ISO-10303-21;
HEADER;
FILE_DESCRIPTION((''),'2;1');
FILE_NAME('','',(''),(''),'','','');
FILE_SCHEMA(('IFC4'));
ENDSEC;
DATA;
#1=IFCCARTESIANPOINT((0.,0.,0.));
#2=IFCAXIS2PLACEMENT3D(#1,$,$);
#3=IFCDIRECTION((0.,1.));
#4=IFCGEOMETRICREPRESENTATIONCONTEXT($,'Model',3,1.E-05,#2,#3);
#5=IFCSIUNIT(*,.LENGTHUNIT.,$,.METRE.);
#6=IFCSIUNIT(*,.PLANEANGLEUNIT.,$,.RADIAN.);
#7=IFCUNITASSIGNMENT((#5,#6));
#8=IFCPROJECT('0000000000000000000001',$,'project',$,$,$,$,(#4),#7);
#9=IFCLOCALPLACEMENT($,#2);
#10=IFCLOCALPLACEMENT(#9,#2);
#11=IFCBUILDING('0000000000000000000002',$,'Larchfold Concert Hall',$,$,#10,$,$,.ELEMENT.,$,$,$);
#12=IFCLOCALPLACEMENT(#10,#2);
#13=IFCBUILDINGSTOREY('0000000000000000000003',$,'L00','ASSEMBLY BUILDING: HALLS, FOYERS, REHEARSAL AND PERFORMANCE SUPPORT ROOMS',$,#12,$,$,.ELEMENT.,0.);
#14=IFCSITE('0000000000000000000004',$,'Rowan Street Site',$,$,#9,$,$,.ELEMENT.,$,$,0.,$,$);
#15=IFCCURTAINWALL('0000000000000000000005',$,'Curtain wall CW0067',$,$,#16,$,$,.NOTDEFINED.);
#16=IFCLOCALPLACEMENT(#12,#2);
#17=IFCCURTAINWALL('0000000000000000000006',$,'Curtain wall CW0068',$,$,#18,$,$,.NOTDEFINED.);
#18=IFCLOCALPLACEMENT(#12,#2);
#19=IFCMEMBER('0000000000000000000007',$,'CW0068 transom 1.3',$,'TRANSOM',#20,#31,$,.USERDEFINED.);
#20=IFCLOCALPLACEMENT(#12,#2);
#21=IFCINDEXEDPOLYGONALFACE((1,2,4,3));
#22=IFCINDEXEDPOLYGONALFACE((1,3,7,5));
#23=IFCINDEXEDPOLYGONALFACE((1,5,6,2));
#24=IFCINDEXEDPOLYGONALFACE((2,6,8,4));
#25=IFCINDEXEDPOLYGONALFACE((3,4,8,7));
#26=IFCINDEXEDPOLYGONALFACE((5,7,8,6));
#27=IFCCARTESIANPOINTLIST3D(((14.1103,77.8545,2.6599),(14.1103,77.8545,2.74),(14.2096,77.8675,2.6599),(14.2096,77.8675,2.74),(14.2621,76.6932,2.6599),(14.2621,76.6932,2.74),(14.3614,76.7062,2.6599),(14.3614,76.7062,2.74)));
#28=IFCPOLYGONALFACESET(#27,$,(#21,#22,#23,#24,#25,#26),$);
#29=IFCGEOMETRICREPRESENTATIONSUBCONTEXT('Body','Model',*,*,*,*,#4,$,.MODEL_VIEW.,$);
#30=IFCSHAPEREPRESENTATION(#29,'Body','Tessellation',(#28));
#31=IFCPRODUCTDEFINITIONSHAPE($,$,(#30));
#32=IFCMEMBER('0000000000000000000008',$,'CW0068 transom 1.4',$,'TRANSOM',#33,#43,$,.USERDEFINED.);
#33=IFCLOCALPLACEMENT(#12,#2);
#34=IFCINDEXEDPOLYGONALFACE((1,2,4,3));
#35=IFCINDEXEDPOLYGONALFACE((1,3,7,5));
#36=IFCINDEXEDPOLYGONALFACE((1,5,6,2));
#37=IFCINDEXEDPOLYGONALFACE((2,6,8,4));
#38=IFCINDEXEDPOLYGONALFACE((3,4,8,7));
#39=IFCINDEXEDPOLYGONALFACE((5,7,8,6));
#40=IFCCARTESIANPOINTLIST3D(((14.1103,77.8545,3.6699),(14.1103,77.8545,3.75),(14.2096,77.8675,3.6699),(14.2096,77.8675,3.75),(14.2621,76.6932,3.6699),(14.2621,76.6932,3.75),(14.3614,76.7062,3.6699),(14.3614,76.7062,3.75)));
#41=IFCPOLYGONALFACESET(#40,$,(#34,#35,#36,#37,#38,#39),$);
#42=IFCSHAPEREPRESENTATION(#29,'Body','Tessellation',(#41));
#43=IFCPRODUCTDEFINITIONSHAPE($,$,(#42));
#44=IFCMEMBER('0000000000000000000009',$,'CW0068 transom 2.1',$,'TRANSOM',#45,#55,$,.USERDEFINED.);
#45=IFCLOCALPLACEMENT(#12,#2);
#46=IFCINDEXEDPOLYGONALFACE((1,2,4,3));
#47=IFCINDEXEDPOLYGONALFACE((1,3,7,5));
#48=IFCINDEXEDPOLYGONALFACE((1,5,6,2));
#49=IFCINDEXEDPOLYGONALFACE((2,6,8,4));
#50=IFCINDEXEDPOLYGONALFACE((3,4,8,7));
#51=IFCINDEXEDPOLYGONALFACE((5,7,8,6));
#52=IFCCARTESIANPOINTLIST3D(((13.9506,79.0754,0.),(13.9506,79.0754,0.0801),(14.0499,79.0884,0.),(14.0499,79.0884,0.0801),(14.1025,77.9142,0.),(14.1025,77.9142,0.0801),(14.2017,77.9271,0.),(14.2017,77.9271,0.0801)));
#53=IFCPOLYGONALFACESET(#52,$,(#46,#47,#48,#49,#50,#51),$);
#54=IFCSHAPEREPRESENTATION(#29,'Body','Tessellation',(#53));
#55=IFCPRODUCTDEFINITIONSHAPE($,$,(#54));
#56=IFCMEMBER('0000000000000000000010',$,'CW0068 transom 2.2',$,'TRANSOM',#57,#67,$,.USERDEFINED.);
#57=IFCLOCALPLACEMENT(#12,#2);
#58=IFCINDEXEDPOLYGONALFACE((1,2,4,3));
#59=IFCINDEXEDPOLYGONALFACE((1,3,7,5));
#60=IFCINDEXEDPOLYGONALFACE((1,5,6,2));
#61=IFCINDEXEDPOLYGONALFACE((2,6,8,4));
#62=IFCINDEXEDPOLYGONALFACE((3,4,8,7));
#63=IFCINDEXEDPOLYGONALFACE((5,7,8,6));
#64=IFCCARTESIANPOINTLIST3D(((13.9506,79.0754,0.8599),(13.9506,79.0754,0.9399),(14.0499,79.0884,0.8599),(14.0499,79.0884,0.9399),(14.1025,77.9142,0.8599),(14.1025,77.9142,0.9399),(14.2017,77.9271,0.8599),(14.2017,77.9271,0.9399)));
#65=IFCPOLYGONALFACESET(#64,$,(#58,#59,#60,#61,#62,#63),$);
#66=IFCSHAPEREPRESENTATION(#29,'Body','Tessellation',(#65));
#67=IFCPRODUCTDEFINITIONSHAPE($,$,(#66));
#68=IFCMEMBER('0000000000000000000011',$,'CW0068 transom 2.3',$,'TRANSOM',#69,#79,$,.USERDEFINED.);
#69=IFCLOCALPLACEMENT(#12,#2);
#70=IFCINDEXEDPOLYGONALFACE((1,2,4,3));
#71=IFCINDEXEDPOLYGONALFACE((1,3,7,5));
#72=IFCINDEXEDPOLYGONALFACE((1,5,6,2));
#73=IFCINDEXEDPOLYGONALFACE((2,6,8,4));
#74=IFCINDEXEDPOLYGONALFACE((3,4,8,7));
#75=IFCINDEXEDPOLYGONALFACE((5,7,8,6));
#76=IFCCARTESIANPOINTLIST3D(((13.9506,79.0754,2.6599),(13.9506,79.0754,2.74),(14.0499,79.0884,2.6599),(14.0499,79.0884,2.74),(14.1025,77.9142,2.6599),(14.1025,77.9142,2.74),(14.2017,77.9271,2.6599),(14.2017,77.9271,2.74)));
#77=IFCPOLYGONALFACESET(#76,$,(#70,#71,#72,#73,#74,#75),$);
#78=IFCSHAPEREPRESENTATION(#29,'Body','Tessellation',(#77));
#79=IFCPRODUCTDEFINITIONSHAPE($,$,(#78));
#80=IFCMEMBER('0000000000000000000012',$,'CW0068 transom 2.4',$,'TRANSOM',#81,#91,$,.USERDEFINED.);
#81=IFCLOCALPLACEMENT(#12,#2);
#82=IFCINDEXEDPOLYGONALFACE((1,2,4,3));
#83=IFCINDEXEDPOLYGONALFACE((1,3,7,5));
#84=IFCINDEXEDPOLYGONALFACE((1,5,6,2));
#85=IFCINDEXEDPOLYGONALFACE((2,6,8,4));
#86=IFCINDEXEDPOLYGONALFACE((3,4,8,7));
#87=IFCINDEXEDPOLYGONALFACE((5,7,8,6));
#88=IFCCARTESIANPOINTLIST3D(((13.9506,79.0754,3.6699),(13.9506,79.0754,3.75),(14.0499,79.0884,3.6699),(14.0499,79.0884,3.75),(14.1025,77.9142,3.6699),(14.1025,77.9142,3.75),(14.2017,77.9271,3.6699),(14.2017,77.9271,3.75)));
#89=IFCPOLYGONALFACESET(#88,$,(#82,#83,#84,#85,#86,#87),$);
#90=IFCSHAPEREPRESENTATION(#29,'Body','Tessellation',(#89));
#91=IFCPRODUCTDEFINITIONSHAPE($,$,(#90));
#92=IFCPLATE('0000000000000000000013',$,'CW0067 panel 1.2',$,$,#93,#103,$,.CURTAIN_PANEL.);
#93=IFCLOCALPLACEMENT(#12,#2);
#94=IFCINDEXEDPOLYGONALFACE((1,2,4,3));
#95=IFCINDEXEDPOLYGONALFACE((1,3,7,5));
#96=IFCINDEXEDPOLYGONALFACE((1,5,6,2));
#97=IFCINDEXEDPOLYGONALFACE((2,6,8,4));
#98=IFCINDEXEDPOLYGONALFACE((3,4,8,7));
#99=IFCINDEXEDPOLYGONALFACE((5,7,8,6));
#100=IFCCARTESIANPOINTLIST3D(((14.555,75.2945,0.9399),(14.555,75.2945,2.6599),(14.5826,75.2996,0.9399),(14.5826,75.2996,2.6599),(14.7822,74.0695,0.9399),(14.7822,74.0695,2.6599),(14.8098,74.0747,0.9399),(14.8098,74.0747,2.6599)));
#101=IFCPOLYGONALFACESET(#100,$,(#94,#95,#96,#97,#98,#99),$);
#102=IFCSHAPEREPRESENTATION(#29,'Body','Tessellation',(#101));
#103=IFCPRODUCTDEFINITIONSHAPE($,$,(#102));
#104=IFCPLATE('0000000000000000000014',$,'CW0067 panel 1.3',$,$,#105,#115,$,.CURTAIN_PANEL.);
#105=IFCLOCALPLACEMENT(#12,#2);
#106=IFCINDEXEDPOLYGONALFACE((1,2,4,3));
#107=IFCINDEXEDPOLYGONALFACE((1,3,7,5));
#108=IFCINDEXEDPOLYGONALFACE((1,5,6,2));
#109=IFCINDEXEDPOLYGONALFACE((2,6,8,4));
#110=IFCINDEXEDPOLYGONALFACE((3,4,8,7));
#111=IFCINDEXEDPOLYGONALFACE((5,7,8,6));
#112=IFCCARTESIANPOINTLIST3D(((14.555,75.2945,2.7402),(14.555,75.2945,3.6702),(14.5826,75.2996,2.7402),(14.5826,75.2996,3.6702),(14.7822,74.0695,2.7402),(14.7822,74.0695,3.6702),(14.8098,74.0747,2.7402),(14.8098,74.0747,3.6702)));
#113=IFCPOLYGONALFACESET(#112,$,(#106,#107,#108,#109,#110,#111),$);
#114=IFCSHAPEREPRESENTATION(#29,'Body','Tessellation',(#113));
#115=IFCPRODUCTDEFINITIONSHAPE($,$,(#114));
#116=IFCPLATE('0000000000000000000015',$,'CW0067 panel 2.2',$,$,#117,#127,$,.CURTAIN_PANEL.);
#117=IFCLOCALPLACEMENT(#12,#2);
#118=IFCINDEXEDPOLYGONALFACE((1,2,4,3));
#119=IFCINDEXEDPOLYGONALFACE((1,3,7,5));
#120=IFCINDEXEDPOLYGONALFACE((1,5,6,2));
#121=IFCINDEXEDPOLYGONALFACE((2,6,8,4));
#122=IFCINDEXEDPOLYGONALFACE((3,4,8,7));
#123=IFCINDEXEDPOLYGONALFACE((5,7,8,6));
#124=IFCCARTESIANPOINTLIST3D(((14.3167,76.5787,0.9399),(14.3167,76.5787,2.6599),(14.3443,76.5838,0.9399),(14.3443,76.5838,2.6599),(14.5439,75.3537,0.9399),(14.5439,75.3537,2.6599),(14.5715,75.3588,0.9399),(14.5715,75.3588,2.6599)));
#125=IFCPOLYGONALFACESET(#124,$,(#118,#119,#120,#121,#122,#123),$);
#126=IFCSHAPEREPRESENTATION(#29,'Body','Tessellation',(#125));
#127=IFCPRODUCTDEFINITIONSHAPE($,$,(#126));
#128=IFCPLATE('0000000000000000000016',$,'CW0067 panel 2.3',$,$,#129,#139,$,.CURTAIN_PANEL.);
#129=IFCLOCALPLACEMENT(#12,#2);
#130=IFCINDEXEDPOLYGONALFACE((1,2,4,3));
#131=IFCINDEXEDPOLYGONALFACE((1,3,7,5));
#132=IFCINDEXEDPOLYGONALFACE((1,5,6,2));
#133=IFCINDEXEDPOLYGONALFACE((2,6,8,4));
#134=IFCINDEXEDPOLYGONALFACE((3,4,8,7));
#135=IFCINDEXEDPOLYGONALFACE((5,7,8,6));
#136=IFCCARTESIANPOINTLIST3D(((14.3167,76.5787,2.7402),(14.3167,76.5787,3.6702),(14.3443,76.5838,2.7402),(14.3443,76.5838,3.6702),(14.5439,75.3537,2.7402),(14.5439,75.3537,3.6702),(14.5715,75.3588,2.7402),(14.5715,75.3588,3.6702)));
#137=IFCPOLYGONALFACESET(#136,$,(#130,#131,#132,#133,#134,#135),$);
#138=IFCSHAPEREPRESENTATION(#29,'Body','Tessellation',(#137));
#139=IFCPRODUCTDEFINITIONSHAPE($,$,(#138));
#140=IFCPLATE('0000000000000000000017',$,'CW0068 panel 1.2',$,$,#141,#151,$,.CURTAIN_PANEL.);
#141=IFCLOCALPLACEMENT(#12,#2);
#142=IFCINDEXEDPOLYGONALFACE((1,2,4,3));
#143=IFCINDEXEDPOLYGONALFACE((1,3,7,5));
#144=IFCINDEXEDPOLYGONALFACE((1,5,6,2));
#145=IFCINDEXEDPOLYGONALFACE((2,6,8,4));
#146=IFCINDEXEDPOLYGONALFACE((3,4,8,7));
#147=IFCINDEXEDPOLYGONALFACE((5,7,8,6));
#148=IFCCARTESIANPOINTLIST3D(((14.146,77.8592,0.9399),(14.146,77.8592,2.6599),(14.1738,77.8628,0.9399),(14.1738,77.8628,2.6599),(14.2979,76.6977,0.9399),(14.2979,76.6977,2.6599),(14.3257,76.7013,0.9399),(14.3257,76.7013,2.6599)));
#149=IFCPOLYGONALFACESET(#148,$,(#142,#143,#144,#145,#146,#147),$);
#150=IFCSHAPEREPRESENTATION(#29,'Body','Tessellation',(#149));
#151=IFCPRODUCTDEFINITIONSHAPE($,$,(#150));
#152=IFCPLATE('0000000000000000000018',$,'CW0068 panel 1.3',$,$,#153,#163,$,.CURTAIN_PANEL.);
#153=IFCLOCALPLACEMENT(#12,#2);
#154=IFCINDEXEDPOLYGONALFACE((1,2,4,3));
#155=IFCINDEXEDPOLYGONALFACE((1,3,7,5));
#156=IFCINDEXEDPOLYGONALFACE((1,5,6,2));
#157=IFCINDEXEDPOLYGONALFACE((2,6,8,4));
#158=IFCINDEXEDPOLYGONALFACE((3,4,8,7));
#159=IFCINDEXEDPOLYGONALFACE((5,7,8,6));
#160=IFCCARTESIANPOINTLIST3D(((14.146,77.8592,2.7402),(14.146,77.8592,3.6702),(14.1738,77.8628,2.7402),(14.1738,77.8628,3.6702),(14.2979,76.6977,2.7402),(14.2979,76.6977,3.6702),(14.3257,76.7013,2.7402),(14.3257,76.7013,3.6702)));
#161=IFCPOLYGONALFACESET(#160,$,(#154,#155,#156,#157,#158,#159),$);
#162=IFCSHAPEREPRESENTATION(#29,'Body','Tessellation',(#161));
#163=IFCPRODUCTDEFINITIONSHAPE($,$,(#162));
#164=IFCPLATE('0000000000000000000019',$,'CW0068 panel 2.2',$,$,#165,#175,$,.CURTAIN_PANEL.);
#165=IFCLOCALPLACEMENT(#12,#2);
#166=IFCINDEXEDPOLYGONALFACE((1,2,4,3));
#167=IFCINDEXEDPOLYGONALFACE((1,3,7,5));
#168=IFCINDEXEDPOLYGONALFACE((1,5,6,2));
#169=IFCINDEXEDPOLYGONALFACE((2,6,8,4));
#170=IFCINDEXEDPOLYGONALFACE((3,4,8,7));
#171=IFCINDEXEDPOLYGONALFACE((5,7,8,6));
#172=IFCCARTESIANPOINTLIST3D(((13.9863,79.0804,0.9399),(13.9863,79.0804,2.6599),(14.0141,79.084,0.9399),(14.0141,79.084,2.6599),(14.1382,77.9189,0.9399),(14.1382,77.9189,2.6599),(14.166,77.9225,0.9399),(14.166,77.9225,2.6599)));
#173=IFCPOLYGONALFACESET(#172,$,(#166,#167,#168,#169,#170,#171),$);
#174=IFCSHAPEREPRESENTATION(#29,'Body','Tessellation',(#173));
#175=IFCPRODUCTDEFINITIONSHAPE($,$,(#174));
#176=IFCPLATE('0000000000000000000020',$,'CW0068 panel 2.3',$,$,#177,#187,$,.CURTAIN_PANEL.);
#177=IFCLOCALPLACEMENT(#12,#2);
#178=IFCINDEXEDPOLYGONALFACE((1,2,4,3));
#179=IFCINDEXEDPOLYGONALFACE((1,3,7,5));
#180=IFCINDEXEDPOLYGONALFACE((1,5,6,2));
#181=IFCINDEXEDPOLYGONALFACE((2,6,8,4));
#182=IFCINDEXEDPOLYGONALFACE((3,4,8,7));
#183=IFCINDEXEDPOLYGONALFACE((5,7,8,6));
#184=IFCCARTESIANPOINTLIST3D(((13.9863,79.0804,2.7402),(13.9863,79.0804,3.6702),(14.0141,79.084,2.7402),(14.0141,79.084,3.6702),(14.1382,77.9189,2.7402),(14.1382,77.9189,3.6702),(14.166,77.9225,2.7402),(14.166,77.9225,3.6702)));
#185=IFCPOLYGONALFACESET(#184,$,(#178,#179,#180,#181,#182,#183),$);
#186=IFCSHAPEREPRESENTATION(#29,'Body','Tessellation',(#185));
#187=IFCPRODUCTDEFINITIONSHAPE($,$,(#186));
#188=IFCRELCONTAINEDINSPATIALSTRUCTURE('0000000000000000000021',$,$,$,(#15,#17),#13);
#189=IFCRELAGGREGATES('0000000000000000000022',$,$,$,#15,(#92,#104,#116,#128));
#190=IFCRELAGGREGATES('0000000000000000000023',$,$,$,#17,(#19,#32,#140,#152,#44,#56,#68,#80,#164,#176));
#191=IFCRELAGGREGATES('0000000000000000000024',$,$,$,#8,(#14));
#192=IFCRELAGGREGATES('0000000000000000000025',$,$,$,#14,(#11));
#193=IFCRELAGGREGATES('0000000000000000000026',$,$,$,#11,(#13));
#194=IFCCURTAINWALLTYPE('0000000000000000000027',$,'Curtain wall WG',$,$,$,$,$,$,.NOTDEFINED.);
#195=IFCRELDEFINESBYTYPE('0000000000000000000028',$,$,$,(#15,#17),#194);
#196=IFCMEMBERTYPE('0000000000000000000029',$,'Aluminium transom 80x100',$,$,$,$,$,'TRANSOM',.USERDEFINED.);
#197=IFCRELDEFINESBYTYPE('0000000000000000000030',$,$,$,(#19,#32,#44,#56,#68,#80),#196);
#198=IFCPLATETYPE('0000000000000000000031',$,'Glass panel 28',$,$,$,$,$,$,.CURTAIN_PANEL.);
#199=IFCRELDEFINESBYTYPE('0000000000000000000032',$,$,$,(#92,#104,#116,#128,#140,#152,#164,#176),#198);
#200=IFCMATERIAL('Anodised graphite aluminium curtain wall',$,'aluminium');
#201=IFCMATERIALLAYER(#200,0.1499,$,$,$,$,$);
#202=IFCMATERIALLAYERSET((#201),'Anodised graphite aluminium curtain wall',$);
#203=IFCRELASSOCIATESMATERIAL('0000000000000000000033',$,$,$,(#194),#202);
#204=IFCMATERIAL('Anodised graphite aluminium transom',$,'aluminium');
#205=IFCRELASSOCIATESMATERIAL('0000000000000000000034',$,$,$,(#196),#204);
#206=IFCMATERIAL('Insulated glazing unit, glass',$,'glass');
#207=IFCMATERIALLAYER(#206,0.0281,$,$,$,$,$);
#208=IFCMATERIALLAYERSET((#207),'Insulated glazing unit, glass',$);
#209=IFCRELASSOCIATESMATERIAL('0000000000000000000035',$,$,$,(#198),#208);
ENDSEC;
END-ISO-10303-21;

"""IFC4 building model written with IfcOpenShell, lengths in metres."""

from ifc_helpers import new_model, si_unit, direction, frame, origin, origin_2d, place, context, subcontext, project, spatial, rectangle, extrude, material, layer, layer_set, material_profile, profile_set, type_object, element, aggregate, save


model = new_model("IFC4")

# Units and contexts
model_context = context("Model", 3, precision=1e-05, world=origin(), true_north=direction((0.0, 1.0)))
body_context = subcontext(model_context, "Body", "Model", "MODEL_VIEW")
ifc_project = project(units=[si_unit("LENGTHUNIT", "METRE"), si_unit("PLANEANGLEUNIT", "RADIAN")], contexts=[model_context])

# Site, building, storey
site_placement = place(None, origin())
site = spatial("IfcSite", under=ifc_project, at=site_placement, Name="Rowan Street Site", CompositionType="ELEMENT", RefElevation=0.0)
building_placement = place(site_placement, origin())
building = spatial("IfcBuilding", under=site, at=building_placement, Name="Larchfold Concert Hall", CompositionType="ELEMENT")
storey_placement = place(building_placement, origin())
storey = spatial("IfcBuildingStorey", under=building, at=storey_placement, Name="L00", Description="ASSEMBLY BUILDING: HALLS, FOYERS, REHEARSAL AND PERFORMANCE SUPPORT ROOMS", CompositionType="ELEMENT", Elevation=0.0)

# Curtain walls
ifc_material_1 = material(Name="Anodised graphite aluminium curtain wall", Category="aluminium")
ifc_layer_1 = layer(ifc_material_1, 0.1499)
ifc_layer_set_1 = layer_set([ifc_layer_1], Name="Anodised graphite aluminium curtain wall")
curtain_wall_type = type_object("IfcCurtainWallType", Name="Curtain wall WG", PredefinedType="NOTDEFINED", material=ifc_layer_set_1)
curtain_wall_1_placement = place(storey_placement, origin())
curtain_wall_1 = element("IfcCurtainWall", 1, at=curtain_wall_1_placement, inside=storey, type_object=curtain_wall_type, Name="Curtain wall CW0067", PredefinedType="NOTDEFINED")
curtain_wall_2_placement = place(storey_placement, origin())
curtain_wall_2 = element("IfcCurtainWall", 2, at=curtain_wall_2_placement, inside=storey, type_object=curtain_wall_type, Name="Curtain wall CW0068", PredefinedType="NOTDEFINED")

# Members
ifc_material_2 = material(Name="Anodised graphite aluminium transom", Category="aluminium")
ifc_material_profile_1 = material_profile(ifc_material_2, rectangle(XDim=0.1001, YDim=0.0801, at=origin_2d()))
ifc_profile_set_1 = profile_set([ifc_material_profile_1], Name="Anodised graphite aluminium transom")
member_type_1 = type_object("IfcMemberType", Name="Aluminium transom 80x100", ElementType="TRANSOM", PredefinedType="USERDEFINED", material=ifc_profile_set_1)
member_1_placement = place(storey_placement, frame((14.3118, 76.6997, 2.7), z_axis=(-0.129651, 0.99156, 0.0), x_axis=(-0.99156, -0.129651, 0.0)))
member_1 = element("IfcMember", 3, at=member_1_placement, type_object=member_type_1, Name="CW0068 transom 1.3", ObjectType="TRANSOM", PredefinedType="USERDEFINED", context=body_context, shape_type="SweptSolid", body=[
    extrude(rectangle(XDim=0.1001, YDim=0.0801, at=origin_2d()), origin(), (0.0, 0.0, 1.0), 1.1711),
])
member_2_placement = place(storey_placement, frame((14.3118, 76.6997, 3.71), z_axis=(-0.129651, 0.99156, 0.0), x_axis=(-0.99156, -0.129651, 0.0)))
member_2 = element("IfcMember", 4, at=member_2_placement, type_object=member_type_1, Name="CW0068 transom 1.4", ObjectType="TRANSOM", PredefinedType="USERDEFINED", context=body_context, shape_type="SweptSolid", body=[
    extrude(rectangle(XDim=0.1001, YDim=0.0801, at=origin_2d()), origin(), (0.0, 0.0, 1.0), 1.1711),
])
member_3_placement = place(storey_placement, frame((14.1521, 77.9207, 0.04), z_axis=(-0.129651, 0.99156, 0.0), x_axis=(-0.99156, -0.129651, 0.0)))
member_3 = element("IfcMember", 5, at=member_3_placement, type_object=member_type_1, Name="CW0068 transom 2.1", ObjectType="TRANSOM", PredefinedType="USERDEFINED", context=body_context, shape_type="SweptSolid", body=[
    extrude(rectangle(XDim=0.1001, YDim=0.0801, at=origin_2d()), origin(), (0.0, 0.0, 1.0), 1.1711),
])
member_4_placement = place(storey_placement, frame((14.1521, 77.9207, 0.8999), z_axis=(-0.129651, 0.99156, 0.0), x_axis=(-0.99156, -0.129651, 0.0)))
member_4 = element("IfcMember", 6, at=member_4_placement, type_object=member_type_1, Name="CW0068 transom 2.2", ObjectType="TRANSOM", PredefinedType="USERDEFINED", context=body_context, shape_type="SweptSolid", body=[
    extrude(rectangle(XDim=0.1001, YDim=0.0801, at=origin_2d()), origin(), (0.0, 0.0, 1.0), 1.1711),
])
member_5_placement = place(storey_placement, frame((14.1521, 77.9207, 2.7), z_axis=(-0.129651, 0.99156, 0.0), x_axis=(-0.99156, -0.129651, 0.0)))
member_5 = element("IfcMember", 7, at=member_5_placement, type_object=member_type_1, Name="CW0068 transom 2.3", ObjectType="TRANSOM", PredefinedType="USERDEFINED", context=body_context, shape_type="SweptSolid", body=[
    extrude(rectangle(XDim=0.1001, YDim=0.0801, at=origin_2d()), origin(), (0.0, 0.0, 1.0), 1.1711),
])
member_6_placement = place(storey_placement, frame((14.1521, 77.9207, 3.71), z_axis=(-0.129651, 0.99156, 0.0), x_axis=(-0.99156, -0.129651, 0.0)))
member_6 = element("IfcMember", 8, at=member_6_placement, type_object=member_type_1, Name="CW0068 transom 2.4", ObjectType="TRANSOM", PredefinedType="USERDEFINED", context=body_context, shape_type="SweptSolid", body=[
    extrude(rectangle(XDim=0.1001, YDim=0.0801, at=origin_2d()), origin(), (0.0, 0.0, 1.0), 1.1711),
])

# Plates
ifc_material_3 = material(Name="Insulated glazing unit, glass", Category="glass")
ifc_layer_2 = layer(ifc_material_3, 0.0281)
ifc_layer_set_2 = layer_set([ifc_layer_2], Name="Insulated glazing unit, glass")
plate_type_1 = type_object("IfcPlateType", Name="Glass panel 28", PredefinedType="CURTAIN_PANEL", material=ifc_layer_set_2)
plate_1_placement = place(storey_placement, frame((14.6824, 74.6846, 0.9399), z_axis=(0.0, 0.0, 1.0), x_axis=(-0.18239, 0.983226, 0.0)))
plate_1 = element("IfcPlate", 9, at=plate_1_placement, type_object=plate_type_1, Name="CW0067 panel 1.2", PredefinedType="CURTAIN_PANEL", context=body_context, shape_type="SweptSolid", body=[
    extrude(rectangle(XDim=1.2458, YDim=0.0281, at=origin_2d()), origin(), (0.0, 0.0, 1.0), 1.72),
])
plate_2_placement = place(storey_placement, frame((14.6824, 74.6846, 2.7402), z_axis=(0.0, 0.0, 1.0), x_axis=(-0.18239, 0.983226, 0.0)))
plate_2 = element("IfcPlate", 10, at=plate_2_placement, type_object=plate_type_1, Name="CW0067 panel 1.3", PredefinedType="CURTAIN_PANEL", context=body_context, shape_type="SweptSolid", body=[
    extrude(rectangle(XDim=1.2458, YDim=0.0281, at=origin_2d()), origin(), (0.0, 0.0, 1.0), 0.9299),
])
plate_3_placement = place(storey_placement, frame((14.4441, 75.9688, 0.9399), z_axis=(0.0, 0.0, 1.0), x_axis=(-0.18239, 0.983226, 0.0)))
plate_3 = element("IfcPlate", 11, at=plate_3_placement, type_object=plate_type_1, Name="CW0067 panel 2.2", PredefinedType="CURTAIN_PANEL", context=body_context, shape_type="SweptSolid", body=[
    extrude(rectangle(XDim=1.2458, YDim=0.0281, at=origin_2d()), origin(), (0.0, 0.0, 1.0), 1.72),
])
plate_4_placement = place(storey_placement, frame((14.4441, 75.9688, 2.7402), z_axis=(0.0, 0.0, 1.0), x_axis=(-0.18239, 0.983226, 0.0)))
plate_4 = element("IfcPlate", 12, at=plate_4_placement, type_object=plate_type_1, Name="CW0067 panel 2.3", PredefinedType="CURTAIN_PANEL", context=body_context, shape_type="SweptSolid", body=[
    extrude(rectangle(XDim=1.2458, YDim=0.0281, at=origin_2d()), origin(), (0.0, 0.0, 1.0), 0.9299),
])
plate_5_placement = place(storey_placement, frame((14.2358, 77.2803, 0.9399), z_axis=(0.0, 0.0, 1.0), x_axis=(-0.129678, 0.991556, 0.0)))
plate_5 = element("IfcPlate", 13, at=plate_5_placement, type_object=plate_type_1, Name="CW0068 panel 1.2", PredefinedType="CURTAIN_PANEL", context=body_context, shape_type="SweptSolid", body=[
    extrude(rectangle(XDim=1.1714, YDim=0.0281, at=origin_2d()), origin(), (0.0, 0.0, 1.0), 1.72),
])
plate_6_placement = place(storey_placement, frame((14.2358, 77.2803, 2.7402), z_axis=(0.0, 0.0, 1.0), x_axis=(-0.129678, 0.991556, 0.0)))
plate_6 = element("IfcPlate", 14, at=plate_6_placement, type_object=plate_type_1, Name="CW0068 panel 1.3", PredefinedType="CURTAIN_PANEL", context=body_context, shape_type="SweptSolid", body=[
    extrude(rectangle(XDim=1.1714, YDim=0.0281, at=origin_2d()), origin(), (0.0, 0.0, 1.0), 0.9299),
])
plate_7_placement = place(storey_placement, frame((14.0762, 78.5015, 0.9399), z_axis=(0.0, 0.0, 1.0), x_axis=(-0.129678, 0.991556, 0.0)))
plate_7 = element("IfcPlate", 15, at=plate_7_placement, type_object=plate_type_1, Name="CW0068 panel 2.2", PredefinedType="CURTAIN_PANEL", context=body_context, shape_type="SweptSolid", body=[
    extrude(rectangle(XDim=1.1714, YDim=0.0281, at=origin_2d()), origin(), (0.0, 0.0, 1.0), 1.72),
])
plate_8_placement = place(storey_placement, frame((14.0762, 78.5015, 2.7402), z_axis=(0.0, 0.0, 1.0), x_axis=(-0.129678, 0.991556, 0.0)))
plate_8 = element("IfcPlate", 16, at=plate_8_placement, type_object=plate_type_1, Name="CW0068 panel 2.3", PredefinedType="CURTAIN_PANEL", context=body_context, shape_type="SweptSolid", body=[
    extrude(rectangle(XDim=1.1714, YDim=0.0281, at=origin_2d()), origin(), (0.0, 0.0, 1.0), 0.9299),
])
aggregate(curtain_wall_1, [plate_1, plate_2, plate_3, plate_4])
aggregate(curtain_wall_2, [member_1, member_2, plate_5, plate_6, member_3, member_4, member_5, member_6, plate_7, plate_8])

save(model, "model.ifc")
